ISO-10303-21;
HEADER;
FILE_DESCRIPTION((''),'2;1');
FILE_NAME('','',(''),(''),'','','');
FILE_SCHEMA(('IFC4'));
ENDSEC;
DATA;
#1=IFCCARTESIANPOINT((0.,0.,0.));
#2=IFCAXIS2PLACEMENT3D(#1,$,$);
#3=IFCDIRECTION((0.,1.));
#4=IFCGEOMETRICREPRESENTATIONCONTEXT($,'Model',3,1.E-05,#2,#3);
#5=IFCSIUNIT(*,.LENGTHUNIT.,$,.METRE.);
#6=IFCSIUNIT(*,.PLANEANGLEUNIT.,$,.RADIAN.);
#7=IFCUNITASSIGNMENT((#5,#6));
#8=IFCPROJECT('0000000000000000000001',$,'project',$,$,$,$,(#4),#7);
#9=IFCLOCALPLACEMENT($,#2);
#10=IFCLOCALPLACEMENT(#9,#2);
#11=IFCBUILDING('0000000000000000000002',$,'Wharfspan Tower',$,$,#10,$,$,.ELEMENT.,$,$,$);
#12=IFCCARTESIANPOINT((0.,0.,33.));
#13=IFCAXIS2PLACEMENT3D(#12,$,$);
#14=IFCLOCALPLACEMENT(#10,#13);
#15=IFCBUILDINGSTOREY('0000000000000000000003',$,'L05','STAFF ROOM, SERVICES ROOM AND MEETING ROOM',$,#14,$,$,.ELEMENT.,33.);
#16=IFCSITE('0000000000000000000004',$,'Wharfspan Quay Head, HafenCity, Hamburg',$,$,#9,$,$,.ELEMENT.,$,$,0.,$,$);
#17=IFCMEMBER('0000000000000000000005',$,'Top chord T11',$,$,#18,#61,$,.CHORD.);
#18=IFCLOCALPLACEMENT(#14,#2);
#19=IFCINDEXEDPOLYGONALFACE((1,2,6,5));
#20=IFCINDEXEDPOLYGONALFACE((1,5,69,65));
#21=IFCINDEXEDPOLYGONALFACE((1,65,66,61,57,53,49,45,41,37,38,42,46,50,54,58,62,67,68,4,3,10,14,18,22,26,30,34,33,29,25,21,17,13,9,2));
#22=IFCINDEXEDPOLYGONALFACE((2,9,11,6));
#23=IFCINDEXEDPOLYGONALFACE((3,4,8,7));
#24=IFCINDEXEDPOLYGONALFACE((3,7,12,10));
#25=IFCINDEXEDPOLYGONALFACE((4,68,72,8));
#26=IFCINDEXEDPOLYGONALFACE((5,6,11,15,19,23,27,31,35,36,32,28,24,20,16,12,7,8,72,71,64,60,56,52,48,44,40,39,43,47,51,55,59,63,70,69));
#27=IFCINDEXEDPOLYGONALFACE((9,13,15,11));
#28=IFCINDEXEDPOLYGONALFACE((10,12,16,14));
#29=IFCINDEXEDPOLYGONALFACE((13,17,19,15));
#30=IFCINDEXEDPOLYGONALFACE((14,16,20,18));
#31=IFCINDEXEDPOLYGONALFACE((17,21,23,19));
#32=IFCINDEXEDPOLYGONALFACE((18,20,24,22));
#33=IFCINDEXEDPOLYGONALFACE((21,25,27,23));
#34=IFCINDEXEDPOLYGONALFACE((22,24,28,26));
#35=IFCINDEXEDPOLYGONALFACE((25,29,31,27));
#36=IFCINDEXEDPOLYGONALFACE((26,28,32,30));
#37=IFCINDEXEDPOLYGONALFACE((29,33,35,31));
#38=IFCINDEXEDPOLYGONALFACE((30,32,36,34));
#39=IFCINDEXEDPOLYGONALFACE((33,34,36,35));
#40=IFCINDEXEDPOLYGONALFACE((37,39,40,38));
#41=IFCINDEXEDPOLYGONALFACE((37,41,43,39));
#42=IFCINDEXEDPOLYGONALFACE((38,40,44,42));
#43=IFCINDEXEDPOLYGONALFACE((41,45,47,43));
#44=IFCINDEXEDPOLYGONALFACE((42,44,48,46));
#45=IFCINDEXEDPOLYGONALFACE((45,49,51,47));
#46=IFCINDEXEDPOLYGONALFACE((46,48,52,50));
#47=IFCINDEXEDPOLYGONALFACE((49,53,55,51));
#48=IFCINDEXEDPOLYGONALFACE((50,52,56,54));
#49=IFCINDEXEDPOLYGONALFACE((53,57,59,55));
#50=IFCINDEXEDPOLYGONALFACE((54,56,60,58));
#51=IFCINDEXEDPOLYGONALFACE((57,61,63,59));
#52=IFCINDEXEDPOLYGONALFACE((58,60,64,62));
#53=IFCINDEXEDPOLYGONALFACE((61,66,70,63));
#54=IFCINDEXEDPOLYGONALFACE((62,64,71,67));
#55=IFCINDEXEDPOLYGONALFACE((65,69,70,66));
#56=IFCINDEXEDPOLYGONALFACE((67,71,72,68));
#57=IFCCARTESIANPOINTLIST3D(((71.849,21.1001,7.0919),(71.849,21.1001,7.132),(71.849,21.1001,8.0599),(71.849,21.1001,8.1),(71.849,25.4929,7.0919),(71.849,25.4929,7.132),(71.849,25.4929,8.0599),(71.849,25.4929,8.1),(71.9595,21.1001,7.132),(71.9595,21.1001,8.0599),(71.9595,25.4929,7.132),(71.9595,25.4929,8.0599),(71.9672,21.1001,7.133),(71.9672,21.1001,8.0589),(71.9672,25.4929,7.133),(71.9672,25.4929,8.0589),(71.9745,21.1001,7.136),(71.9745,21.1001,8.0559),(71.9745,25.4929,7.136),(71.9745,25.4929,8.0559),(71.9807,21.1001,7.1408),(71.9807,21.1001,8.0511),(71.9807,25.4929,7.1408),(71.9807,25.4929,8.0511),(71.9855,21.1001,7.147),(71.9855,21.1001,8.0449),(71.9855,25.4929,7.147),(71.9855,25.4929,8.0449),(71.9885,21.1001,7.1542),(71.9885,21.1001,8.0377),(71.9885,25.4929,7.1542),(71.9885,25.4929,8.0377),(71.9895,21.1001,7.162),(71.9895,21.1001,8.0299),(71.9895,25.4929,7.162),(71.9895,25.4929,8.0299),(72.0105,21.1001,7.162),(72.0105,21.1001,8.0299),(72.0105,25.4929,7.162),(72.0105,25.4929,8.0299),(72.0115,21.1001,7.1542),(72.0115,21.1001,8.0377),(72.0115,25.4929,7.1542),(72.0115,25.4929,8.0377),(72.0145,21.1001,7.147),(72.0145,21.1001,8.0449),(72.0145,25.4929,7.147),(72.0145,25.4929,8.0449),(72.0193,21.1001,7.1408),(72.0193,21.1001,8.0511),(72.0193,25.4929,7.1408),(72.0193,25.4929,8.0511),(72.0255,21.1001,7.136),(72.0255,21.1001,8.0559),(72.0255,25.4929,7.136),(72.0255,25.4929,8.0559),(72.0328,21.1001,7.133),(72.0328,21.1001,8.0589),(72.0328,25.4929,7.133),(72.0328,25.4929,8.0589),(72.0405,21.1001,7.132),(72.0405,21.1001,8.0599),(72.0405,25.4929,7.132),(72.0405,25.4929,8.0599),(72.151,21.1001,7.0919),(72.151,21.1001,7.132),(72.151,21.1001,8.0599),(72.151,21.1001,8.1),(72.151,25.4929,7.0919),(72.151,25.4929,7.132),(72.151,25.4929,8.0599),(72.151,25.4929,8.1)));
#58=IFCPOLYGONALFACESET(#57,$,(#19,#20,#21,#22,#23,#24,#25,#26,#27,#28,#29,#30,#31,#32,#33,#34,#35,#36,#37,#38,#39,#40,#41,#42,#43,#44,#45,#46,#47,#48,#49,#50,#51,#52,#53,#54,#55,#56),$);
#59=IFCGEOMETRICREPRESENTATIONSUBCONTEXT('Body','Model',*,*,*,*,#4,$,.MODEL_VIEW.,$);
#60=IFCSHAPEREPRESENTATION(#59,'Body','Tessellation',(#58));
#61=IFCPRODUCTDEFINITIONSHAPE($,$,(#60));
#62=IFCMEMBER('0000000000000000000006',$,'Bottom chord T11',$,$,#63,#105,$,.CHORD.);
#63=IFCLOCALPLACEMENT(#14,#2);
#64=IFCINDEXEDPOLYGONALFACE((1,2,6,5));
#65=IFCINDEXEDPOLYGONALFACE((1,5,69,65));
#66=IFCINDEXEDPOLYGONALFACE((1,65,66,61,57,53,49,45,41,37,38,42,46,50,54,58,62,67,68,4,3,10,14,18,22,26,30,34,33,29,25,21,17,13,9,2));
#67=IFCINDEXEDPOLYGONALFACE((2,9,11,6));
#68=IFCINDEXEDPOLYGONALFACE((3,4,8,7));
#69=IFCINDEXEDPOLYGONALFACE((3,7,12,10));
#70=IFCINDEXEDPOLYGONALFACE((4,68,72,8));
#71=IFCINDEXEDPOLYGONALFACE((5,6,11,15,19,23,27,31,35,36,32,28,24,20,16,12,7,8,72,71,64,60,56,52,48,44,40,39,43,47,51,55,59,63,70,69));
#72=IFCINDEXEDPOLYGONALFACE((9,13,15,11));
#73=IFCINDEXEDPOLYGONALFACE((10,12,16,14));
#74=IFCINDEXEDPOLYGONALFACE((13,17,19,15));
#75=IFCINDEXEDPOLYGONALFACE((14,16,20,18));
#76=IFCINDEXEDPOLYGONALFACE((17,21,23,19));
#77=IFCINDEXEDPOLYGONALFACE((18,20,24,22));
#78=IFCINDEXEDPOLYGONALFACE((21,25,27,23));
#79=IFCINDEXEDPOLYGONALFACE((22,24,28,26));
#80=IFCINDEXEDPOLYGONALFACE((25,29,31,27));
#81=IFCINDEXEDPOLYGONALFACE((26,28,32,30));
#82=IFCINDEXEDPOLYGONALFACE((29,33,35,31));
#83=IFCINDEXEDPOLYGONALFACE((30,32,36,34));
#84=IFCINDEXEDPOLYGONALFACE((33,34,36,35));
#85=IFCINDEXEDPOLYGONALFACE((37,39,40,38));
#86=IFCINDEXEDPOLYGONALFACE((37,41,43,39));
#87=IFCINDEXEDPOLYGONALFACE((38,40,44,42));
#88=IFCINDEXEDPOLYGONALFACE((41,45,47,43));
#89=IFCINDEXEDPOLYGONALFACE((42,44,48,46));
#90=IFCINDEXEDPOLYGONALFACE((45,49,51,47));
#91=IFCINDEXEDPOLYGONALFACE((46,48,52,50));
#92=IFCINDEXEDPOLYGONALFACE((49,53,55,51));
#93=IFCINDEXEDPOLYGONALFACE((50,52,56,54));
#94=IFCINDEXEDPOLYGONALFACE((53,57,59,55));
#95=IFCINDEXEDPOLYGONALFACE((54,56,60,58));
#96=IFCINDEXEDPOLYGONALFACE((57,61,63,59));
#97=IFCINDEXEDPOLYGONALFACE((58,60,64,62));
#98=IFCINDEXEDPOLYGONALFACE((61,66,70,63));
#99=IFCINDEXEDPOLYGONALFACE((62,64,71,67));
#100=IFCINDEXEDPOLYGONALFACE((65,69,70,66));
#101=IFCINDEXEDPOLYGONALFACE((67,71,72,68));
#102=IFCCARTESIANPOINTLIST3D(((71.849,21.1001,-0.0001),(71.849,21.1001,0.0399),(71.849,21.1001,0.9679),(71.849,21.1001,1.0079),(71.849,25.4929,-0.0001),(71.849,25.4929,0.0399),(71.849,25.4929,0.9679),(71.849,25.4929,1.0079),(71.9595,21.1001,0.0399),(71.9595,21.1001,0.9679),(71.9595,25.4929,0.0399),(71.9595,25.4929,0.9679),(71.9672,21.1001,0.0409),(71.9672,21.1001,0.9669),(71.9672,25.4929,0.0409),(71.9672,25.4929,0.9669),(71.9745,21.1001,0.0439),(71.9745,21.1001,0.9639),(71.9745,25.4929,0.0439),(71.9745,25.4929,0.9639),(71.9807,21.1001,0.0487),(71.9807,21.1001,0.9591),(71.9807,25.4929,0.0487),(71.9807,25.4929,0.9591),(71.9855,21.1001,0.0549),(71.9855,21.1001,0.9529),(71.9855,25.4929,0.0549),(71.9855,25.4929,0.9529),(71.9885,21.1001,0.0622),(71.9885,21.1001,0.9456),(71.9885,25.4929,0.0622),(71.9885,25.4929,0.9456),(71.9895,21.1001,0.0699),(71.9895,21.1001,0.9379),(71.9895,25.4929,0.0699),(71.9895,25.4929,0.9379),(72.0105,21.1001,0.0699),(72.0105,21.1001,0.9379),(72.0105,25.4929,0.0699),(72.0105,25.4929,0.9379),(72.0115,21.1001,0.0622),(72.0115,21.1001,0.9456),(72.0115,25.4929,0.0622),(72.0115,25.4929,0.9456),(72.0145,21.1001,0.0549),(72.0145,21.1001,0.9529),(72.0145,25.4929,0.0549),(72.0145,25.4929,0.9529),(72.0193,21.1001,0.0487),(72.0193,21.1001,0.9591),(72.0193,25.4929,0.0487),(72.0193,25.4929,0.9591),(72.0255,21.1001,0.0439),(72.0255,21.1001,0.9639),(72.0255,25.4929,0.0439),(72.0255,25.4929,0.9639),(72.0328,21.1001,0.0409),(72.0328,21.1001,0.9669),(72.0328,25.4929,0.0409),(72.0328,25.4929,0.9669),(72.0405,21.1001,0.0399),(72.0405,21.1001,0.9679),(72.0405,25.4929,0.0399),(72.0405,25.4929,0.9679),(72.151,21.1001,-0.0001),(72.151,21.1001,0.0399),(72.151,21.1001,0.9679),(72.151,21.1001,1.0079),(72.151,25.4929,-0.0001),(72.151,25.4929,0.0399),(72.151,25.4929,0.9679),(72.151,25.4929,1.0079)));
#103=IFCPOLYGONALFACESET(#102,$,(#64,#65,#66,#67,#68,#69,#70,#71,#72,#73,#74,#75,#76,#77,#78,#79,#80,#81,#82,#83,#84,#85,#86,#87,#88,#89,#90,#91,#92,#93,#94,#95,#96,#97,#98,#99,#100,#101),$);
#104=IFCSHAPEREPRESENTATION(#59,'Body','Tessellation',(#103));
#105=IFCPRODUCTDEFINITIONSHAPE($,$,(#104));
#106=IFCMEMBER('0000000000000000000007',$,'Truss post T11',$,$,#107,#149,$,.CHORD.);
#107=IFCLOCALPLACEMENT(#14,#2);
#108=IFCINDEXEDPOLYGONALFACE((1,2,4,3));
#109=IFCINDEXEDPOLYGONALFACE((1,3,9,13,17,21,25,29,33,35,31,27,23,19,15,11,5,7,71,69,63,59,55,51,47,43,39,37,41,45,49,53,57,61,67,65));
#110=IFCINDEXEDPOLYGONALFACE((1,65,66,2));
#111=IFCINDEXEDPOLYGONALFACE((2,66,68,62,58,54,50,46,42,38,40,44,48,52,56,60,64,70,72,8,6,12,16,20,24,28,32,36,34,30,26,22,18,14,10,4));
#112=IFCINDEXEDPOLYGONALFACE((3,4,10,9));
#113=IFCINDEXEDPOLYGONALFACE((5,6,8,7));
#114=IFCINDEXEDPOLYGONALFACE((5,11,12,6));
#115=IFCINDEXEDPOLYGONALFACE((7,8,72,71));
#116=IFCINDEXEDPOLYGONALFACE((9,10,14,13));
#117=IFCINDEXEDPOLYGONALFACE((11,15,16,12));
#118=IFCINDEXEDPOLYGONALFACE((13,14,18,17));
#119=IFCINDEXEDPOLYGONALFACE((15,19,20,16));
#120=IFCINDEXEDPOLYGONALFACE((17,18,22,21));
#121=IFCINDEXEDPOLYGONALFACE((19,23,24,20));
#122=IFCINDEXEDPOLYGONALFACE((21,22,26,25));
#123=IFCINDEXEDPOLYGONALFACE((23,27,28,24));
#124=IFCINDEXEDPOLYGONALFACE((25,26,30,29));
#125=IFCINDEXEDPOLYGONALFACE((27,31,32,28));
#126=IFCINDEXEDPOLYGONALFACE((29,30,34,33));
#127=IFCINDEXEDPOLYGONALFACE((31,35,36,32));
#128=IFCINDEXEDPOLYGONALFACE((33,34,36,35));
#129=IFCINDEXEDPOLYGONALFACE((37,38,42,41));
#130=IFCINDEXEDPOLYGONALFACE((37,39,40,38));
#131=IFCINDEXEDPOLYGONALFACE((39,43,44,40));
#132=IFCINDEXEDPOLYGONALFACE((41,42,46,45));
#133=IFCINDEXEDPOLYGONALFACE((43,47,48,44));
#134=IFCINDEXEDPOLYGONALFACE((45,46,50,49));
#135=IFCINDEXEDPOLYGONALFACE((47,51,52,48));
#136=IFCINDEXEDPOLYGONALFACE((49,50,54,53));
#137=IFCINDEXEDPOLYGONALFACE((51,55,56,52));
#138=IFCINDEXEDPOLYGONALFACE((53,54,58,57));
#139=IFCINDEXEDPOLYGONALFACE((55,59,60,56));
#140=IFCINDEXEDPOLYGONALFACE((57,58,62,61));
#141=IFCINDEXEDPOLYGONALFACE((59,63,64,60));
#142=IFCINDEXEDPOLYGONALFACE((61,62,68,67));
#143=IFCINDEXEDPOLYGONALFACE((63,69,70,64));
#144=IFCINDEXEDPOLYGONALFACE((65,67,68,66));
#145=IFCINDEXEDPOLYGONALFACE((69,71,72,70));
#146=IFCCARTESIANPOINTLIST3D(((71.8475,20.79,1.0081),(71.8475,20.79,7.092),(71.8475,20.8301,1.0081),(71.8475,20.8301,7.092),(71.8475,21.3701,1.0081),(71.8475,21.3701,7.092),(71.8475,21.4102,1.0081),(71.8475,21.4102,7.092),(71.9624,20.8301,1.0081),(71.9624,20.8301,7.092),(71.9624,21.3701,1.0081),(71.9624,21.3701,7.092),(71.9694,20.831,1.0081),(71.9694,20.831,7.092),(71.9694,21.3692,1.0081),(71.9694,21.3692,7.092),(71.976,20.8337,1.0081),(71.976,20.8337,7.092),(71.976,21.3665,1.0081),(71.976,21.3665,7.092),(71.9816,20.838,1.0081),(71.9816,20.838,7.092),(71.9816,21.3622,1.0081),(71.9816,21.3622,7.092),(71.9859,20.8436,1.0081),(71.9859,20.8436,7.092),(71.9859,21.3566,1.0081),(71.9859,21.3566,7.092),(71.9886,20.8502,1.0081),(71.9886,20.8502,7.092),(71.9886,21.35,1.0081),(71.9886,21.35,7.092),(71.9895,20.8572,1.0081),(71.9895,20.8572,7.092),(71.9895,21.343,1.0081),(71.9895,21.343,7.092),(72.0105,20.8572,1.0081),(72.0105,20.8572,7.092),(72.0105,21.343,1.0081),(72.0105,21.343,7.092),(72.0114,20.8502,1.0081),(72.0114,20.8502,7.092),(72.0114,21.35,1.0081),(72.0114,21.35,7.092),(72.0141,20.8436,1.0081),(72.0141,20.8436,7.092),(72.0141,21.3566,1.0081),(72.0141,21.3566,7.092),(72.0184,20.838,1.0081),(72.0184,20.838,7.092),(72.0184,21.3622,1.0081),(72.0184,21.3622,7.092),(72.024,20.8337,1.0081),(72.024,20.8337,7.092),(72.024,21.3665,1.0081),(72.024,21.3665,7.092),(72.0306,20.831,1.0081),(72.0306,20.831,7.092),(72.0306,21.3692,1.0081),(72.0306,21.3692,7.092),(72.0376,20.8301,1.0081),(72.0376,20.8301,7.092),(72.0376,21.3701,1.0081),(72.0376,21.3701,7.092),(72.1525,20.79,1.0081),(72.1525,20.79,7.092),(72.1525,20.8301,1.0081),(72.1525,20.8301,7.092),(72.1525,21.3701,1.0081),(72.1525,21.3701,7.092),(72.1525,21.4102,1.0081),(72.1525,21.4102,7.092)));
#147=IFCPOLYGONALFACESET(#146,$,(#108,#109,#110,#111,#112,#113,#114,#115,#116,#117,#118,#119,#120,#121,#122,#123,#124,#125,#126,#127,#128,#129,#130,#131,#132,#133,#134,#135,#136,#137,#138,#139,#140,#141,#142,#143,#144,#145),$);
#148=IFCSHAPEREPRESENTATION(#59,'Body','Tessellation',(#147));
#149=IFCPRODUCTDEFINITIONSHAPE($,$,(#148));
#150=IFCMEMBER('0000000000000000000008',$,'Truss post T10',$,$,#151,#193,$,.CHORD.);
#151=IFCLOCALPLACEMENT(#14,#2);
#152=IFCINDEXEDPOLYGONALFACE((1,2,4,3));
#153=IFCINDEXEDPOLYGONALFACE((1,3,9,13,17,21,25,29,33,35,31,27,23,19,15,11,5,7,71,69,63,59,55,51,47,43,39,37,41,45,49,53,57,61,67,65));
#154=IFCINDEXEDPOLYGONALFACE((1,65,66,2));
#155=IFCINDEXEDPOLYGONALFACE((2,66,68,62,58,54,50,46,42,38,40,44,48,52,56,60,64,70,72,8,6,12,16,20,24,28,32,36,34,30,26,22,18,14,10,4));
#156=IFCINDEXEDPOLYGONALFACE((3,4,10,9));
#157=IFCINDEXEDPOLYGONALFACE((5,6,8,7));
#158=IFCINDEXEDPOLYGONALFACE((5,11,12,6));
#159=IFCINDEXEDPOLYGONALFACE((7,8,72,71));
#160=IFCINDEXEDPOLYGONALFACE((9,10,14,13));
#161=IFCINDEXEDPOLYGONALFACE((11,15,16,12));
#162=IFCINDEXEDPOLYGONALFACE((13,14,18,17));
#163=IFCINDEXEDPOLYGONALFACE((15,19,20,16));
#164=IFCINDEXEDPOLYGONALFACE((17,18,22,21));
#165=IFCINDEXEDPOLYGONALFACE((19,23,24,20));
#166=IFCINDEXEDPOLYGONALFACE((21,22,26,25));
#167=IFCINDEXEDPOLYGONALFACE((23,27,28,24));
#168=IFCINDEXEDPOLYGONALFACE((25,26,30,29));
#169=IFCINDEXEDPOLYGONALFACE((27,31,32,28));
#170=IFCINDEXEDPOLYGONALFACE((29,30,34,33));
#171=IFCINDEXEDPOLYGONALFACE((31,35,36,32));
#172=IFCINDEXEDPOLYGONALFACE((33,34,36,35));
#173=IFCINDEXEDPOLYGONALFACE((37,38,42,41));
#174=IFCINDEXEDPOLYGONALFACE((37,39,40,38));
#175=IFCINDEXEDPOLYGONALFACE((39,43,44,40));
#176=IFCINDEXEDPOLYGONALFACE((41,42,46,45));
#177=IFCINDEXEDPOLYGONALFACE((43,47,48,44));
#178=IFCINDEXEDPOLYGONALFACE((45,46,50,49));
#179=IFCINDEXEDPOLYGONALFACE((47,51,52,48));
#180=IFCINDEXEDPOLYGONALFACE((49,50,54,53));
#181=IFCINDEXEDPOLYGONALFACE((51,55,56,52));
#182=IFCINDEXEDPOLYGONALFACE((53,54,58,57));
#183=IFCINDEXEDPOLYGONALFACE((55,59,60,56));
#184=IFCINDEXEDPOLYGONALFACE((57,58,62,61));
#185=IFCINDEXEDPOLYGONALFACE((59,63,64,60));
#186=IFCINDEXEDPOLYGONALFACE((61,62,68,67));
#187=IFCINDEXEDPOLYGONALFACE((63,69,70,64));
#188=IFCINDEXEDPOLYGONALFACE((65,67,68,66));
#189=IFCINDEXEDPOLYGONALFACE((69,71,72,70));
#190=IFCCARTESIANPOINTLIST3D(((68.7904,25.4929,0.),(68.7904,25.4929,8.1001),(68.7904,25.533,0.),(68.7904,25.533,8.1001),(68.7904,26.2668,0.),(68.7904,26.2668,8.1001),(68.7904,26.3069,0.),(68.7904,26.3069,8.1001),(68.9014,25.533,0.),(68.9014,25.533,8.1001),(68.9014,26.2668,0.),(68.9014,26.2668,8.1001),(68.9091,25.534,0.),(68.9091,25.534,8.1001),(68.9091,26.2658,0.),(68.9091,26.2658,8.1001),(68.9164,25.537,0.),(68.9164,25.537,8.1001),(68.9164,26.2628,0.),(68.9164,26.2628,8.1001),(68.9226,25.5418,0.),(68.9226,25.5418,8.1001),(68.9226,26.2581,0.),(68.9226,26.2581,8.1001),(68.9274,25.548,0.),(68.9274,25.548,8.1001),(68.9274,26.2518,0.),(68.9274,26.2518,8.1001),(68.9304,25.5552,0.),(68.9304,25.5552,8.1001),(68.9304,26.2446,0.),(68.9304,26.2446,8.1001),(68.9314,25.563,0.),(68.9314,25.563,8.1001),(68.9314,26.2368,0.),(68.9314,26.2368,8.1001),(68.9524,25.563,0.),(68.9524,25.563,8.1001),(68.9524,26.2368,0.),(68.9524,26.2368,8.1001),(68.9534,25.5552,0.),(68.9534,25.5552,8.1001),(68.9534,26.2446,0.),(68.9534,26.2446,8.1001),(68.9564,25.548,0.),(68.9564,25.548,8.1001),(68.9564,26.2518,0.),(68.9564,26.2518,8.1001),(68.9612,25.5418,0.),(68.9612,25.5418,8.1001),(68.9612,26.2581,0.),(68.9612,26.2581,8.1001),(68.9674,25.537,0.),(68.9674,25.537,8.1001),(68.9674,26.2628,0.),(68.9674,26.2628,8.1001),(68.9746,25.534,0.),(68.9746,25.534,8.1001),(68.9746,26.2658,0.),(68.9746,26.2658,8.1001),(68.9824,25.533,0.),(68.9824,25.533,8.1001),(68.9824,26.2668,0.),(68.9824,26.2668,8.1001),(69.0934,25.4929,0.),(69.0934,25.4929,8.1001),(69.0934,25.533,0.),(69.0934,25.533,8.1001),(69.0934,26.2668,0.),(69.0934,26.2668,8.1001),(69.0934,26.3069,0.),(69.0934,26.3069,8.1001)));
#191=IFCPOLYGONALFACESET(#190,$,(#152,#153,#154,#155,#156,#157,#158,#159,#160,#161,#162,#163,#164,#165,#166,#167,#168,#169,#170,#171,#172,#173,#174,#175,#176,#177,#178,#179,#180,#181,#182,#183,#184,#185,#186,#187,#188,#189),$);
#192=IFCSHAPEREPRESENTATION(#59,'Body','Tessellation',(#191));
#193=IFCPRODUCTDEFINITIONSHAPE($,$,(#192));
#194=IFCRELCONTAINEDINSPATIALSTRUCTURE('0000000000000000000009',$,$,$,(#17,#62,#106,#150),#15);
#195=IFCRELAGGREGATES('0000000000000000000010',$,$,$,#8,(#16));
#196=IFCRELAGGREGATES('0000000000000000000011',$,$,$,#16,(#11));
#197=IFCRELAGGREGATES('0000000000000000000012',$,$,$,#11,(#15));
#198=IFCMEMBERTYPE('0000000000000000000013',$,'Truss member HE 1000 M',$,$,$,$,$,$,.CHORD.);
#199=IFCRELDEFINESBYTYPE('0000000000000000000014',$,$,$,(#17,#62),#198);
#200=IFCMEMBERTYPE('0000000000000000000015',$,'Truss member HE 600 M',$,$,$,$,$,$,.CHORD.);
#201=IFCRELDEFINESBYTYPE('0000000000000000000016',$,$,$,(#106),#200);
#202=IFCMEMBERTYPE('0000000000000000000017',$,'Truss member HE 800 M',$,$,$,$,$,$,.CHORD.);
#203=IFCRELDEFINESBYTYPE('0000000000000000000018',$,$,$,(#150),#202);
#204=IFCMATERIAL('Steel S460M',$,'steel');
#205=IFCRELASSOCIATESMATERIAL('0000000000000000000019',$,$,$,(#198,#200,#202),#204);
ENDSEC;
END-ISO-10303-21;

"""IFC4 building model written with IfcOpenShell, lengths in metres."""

from ifc_helpers import new_model, si_unit, direction, frame, origin, origin_2d, place, context, subcontext, project, spatial, i_section, extrude, material, material_profile, profile_set, type_object, element, save


model = new_model("IFC4")

# Units and contexts
model_context = context("Model", 3, precision=1e-05, world=origin(), true_north=direction((0.0, 1.0)))
body_context = subcontext(model_context, "Body", "Model", "MODEL_VIEW")
ifc_project = project(units=[si_unit("LENGTHUNIT", "METRE"), si_unit("PLANEANGLEUNIT", "RADIAN")], contexts=[model_context])

# Site, building, storey
site_placement = place(None, origin())
site = spatial("IfcSite", under=ifc_project, at=site_placement, Name="Wharfspan Quay Head, HafenCity, Hamburg", CompositionType="ELEMENT", RefElevation=0.0)
building_placement = place(site_placement, origin())
building = spatial("IfcBuilding", under=site, at=building_placement, Name="Wharfspan Tower", CompositionType="ELEMENT")
storey_placement = place(building_placement, frame((0.0, 0.0, 33.0)))
storey = spatial("IfcBuildingStorey", under=building, at=storey_placement, Name="L05", Description="STAFF ROOM, SERVICES ROOM AND MEETING ROOM", CompositionType="ELEMENT", Elevation=33.0)

# Members
ifc_material_1 = material(Name="Steel S460M", Category="steel")
ifc_material_profile_1 = material_profile(ifc_material_1, i_section(OverallWidth=0.302, OverallDepth=1.0081, WebThickness=0.021, FlangeThickness=0.04, FilletRadius=0.03, at=origin_2d()))
ifc_profile_set_1 = profile_set([ifc_material_profile_1], Name="Steel S460M")
member_type_1 = type_object("IfcMemberType", Name="Truss member HE 1000 M", PredefinedType="CHORD", material=ifc_profile_set_1)
for number, where, z_axis, x_axis, name in (
    (1, (72.0, 21.1001, 7.5959), (0.0, 1.0, 0.0), (-1.0, 0.0, 0.0), "Top chord T11"),
    (2, (72.0, 21.1001, 0.5039), (0.0, 1.0, 0.0), (-1.0, 0.0, 0.0), "Bottom chord T11"),
):
    element("IfcMember", number, at=place(storey_placement, frame(where, z_axis=z_axis, x_axis=x_axis)), inside=storey, type_object=member_type_1, Name=name, PredefinedType="CHORD", context=body_context, shape_type="SweptSolid", body=[
        extrude(i_section(OverallWidth=0.302, OverallDepth=1.0081, WebThickness=0.021, FlangeThickness=0.04, FilletRadius=0.03, at=origin_2d()), origin(), (0.0, 0.0, 1.0), 4.3928),
    ])
ifc_material_profile_2 = material_profile(ifc_material_1, i_section(OverallWidth=0.3049, OverallDepth=0.6201, WebThickness=0.021, FlangeThickness=0.04, FilletRadius=0.0271, at=origin_2d()))
ifc_profile_set_2 = profile_set([ifc_material_profile_2], Name="Steel S460M")
member_type_2 = type_object("IfcMemberType", Name="Truss member HE 600 M", PredefinedType="CHORD", material=ifc_profile_set_2)
member_1_placement = place(storey_placement, frame((72.0, 21.1001, 1.0081), z_axis=(0.0, 0.0, 1.0), x_axis=(1.0, 0.0, 0.0)))
element("IfcMember", 3, at=member_1_placement, inside=storey, type_object=member_type_2, Name="Truss post T11", PredefinedType="CHORD", context=body_context, shape_type="SweptSolid", body=[
    extrude(i_section(OverallWidth=0.3049, OverallDepth=0.6201, WebThickness=0.021, FlangeThickness=0.04, FilletRadius=0.0271, at=origin_2d()), origin(), (0.0, 0.0, 1.0), 6.084),
])
ifc_material_profile_3 = material_profile(ifc_material_1, i_section(OverallWidth=0.303, OverallDepth=0.814, WebThickness=0.021, FlangeThickness=0.04, FilletRadius=0.03, at=origin_2d()))
ifc_profile_set_3 = profile_set([ifc_material_profile_3], Name="Steel S460M")
member_type_3 = type_object("IfcMemberType", Name="Truss member HE 800 M", PredefinedType="CHORD", material=ifc_profile_set_3)
for number, where, z_axis, x_axis, name in (
    (4, (68.9419, 25.8999, 0.0), (0.0, 0.0, 1.0), (1.0, 0.0, 0.0), "Truss post T10"),
):
    element("IfcMember", number, at=place(storey_placement, frame(where, z_axis=z_axis, x_axis=x_axis)), inside=storey, type_object=member_type_3, Name=name, PredefinedType="CHORD", context=body_context, shape_type="SweptSolid", body=[
        extrude(i_section(OverallWidth=0.303, OverallDepth=0.814, WebThickness=0.021, FlangeThickness=0.04, FilletRadius=0.03, at=origin_2d()), origin(), (0.0, 0.0, 1.0), 8.1001),
    ])

save(model, "model.ifc")
